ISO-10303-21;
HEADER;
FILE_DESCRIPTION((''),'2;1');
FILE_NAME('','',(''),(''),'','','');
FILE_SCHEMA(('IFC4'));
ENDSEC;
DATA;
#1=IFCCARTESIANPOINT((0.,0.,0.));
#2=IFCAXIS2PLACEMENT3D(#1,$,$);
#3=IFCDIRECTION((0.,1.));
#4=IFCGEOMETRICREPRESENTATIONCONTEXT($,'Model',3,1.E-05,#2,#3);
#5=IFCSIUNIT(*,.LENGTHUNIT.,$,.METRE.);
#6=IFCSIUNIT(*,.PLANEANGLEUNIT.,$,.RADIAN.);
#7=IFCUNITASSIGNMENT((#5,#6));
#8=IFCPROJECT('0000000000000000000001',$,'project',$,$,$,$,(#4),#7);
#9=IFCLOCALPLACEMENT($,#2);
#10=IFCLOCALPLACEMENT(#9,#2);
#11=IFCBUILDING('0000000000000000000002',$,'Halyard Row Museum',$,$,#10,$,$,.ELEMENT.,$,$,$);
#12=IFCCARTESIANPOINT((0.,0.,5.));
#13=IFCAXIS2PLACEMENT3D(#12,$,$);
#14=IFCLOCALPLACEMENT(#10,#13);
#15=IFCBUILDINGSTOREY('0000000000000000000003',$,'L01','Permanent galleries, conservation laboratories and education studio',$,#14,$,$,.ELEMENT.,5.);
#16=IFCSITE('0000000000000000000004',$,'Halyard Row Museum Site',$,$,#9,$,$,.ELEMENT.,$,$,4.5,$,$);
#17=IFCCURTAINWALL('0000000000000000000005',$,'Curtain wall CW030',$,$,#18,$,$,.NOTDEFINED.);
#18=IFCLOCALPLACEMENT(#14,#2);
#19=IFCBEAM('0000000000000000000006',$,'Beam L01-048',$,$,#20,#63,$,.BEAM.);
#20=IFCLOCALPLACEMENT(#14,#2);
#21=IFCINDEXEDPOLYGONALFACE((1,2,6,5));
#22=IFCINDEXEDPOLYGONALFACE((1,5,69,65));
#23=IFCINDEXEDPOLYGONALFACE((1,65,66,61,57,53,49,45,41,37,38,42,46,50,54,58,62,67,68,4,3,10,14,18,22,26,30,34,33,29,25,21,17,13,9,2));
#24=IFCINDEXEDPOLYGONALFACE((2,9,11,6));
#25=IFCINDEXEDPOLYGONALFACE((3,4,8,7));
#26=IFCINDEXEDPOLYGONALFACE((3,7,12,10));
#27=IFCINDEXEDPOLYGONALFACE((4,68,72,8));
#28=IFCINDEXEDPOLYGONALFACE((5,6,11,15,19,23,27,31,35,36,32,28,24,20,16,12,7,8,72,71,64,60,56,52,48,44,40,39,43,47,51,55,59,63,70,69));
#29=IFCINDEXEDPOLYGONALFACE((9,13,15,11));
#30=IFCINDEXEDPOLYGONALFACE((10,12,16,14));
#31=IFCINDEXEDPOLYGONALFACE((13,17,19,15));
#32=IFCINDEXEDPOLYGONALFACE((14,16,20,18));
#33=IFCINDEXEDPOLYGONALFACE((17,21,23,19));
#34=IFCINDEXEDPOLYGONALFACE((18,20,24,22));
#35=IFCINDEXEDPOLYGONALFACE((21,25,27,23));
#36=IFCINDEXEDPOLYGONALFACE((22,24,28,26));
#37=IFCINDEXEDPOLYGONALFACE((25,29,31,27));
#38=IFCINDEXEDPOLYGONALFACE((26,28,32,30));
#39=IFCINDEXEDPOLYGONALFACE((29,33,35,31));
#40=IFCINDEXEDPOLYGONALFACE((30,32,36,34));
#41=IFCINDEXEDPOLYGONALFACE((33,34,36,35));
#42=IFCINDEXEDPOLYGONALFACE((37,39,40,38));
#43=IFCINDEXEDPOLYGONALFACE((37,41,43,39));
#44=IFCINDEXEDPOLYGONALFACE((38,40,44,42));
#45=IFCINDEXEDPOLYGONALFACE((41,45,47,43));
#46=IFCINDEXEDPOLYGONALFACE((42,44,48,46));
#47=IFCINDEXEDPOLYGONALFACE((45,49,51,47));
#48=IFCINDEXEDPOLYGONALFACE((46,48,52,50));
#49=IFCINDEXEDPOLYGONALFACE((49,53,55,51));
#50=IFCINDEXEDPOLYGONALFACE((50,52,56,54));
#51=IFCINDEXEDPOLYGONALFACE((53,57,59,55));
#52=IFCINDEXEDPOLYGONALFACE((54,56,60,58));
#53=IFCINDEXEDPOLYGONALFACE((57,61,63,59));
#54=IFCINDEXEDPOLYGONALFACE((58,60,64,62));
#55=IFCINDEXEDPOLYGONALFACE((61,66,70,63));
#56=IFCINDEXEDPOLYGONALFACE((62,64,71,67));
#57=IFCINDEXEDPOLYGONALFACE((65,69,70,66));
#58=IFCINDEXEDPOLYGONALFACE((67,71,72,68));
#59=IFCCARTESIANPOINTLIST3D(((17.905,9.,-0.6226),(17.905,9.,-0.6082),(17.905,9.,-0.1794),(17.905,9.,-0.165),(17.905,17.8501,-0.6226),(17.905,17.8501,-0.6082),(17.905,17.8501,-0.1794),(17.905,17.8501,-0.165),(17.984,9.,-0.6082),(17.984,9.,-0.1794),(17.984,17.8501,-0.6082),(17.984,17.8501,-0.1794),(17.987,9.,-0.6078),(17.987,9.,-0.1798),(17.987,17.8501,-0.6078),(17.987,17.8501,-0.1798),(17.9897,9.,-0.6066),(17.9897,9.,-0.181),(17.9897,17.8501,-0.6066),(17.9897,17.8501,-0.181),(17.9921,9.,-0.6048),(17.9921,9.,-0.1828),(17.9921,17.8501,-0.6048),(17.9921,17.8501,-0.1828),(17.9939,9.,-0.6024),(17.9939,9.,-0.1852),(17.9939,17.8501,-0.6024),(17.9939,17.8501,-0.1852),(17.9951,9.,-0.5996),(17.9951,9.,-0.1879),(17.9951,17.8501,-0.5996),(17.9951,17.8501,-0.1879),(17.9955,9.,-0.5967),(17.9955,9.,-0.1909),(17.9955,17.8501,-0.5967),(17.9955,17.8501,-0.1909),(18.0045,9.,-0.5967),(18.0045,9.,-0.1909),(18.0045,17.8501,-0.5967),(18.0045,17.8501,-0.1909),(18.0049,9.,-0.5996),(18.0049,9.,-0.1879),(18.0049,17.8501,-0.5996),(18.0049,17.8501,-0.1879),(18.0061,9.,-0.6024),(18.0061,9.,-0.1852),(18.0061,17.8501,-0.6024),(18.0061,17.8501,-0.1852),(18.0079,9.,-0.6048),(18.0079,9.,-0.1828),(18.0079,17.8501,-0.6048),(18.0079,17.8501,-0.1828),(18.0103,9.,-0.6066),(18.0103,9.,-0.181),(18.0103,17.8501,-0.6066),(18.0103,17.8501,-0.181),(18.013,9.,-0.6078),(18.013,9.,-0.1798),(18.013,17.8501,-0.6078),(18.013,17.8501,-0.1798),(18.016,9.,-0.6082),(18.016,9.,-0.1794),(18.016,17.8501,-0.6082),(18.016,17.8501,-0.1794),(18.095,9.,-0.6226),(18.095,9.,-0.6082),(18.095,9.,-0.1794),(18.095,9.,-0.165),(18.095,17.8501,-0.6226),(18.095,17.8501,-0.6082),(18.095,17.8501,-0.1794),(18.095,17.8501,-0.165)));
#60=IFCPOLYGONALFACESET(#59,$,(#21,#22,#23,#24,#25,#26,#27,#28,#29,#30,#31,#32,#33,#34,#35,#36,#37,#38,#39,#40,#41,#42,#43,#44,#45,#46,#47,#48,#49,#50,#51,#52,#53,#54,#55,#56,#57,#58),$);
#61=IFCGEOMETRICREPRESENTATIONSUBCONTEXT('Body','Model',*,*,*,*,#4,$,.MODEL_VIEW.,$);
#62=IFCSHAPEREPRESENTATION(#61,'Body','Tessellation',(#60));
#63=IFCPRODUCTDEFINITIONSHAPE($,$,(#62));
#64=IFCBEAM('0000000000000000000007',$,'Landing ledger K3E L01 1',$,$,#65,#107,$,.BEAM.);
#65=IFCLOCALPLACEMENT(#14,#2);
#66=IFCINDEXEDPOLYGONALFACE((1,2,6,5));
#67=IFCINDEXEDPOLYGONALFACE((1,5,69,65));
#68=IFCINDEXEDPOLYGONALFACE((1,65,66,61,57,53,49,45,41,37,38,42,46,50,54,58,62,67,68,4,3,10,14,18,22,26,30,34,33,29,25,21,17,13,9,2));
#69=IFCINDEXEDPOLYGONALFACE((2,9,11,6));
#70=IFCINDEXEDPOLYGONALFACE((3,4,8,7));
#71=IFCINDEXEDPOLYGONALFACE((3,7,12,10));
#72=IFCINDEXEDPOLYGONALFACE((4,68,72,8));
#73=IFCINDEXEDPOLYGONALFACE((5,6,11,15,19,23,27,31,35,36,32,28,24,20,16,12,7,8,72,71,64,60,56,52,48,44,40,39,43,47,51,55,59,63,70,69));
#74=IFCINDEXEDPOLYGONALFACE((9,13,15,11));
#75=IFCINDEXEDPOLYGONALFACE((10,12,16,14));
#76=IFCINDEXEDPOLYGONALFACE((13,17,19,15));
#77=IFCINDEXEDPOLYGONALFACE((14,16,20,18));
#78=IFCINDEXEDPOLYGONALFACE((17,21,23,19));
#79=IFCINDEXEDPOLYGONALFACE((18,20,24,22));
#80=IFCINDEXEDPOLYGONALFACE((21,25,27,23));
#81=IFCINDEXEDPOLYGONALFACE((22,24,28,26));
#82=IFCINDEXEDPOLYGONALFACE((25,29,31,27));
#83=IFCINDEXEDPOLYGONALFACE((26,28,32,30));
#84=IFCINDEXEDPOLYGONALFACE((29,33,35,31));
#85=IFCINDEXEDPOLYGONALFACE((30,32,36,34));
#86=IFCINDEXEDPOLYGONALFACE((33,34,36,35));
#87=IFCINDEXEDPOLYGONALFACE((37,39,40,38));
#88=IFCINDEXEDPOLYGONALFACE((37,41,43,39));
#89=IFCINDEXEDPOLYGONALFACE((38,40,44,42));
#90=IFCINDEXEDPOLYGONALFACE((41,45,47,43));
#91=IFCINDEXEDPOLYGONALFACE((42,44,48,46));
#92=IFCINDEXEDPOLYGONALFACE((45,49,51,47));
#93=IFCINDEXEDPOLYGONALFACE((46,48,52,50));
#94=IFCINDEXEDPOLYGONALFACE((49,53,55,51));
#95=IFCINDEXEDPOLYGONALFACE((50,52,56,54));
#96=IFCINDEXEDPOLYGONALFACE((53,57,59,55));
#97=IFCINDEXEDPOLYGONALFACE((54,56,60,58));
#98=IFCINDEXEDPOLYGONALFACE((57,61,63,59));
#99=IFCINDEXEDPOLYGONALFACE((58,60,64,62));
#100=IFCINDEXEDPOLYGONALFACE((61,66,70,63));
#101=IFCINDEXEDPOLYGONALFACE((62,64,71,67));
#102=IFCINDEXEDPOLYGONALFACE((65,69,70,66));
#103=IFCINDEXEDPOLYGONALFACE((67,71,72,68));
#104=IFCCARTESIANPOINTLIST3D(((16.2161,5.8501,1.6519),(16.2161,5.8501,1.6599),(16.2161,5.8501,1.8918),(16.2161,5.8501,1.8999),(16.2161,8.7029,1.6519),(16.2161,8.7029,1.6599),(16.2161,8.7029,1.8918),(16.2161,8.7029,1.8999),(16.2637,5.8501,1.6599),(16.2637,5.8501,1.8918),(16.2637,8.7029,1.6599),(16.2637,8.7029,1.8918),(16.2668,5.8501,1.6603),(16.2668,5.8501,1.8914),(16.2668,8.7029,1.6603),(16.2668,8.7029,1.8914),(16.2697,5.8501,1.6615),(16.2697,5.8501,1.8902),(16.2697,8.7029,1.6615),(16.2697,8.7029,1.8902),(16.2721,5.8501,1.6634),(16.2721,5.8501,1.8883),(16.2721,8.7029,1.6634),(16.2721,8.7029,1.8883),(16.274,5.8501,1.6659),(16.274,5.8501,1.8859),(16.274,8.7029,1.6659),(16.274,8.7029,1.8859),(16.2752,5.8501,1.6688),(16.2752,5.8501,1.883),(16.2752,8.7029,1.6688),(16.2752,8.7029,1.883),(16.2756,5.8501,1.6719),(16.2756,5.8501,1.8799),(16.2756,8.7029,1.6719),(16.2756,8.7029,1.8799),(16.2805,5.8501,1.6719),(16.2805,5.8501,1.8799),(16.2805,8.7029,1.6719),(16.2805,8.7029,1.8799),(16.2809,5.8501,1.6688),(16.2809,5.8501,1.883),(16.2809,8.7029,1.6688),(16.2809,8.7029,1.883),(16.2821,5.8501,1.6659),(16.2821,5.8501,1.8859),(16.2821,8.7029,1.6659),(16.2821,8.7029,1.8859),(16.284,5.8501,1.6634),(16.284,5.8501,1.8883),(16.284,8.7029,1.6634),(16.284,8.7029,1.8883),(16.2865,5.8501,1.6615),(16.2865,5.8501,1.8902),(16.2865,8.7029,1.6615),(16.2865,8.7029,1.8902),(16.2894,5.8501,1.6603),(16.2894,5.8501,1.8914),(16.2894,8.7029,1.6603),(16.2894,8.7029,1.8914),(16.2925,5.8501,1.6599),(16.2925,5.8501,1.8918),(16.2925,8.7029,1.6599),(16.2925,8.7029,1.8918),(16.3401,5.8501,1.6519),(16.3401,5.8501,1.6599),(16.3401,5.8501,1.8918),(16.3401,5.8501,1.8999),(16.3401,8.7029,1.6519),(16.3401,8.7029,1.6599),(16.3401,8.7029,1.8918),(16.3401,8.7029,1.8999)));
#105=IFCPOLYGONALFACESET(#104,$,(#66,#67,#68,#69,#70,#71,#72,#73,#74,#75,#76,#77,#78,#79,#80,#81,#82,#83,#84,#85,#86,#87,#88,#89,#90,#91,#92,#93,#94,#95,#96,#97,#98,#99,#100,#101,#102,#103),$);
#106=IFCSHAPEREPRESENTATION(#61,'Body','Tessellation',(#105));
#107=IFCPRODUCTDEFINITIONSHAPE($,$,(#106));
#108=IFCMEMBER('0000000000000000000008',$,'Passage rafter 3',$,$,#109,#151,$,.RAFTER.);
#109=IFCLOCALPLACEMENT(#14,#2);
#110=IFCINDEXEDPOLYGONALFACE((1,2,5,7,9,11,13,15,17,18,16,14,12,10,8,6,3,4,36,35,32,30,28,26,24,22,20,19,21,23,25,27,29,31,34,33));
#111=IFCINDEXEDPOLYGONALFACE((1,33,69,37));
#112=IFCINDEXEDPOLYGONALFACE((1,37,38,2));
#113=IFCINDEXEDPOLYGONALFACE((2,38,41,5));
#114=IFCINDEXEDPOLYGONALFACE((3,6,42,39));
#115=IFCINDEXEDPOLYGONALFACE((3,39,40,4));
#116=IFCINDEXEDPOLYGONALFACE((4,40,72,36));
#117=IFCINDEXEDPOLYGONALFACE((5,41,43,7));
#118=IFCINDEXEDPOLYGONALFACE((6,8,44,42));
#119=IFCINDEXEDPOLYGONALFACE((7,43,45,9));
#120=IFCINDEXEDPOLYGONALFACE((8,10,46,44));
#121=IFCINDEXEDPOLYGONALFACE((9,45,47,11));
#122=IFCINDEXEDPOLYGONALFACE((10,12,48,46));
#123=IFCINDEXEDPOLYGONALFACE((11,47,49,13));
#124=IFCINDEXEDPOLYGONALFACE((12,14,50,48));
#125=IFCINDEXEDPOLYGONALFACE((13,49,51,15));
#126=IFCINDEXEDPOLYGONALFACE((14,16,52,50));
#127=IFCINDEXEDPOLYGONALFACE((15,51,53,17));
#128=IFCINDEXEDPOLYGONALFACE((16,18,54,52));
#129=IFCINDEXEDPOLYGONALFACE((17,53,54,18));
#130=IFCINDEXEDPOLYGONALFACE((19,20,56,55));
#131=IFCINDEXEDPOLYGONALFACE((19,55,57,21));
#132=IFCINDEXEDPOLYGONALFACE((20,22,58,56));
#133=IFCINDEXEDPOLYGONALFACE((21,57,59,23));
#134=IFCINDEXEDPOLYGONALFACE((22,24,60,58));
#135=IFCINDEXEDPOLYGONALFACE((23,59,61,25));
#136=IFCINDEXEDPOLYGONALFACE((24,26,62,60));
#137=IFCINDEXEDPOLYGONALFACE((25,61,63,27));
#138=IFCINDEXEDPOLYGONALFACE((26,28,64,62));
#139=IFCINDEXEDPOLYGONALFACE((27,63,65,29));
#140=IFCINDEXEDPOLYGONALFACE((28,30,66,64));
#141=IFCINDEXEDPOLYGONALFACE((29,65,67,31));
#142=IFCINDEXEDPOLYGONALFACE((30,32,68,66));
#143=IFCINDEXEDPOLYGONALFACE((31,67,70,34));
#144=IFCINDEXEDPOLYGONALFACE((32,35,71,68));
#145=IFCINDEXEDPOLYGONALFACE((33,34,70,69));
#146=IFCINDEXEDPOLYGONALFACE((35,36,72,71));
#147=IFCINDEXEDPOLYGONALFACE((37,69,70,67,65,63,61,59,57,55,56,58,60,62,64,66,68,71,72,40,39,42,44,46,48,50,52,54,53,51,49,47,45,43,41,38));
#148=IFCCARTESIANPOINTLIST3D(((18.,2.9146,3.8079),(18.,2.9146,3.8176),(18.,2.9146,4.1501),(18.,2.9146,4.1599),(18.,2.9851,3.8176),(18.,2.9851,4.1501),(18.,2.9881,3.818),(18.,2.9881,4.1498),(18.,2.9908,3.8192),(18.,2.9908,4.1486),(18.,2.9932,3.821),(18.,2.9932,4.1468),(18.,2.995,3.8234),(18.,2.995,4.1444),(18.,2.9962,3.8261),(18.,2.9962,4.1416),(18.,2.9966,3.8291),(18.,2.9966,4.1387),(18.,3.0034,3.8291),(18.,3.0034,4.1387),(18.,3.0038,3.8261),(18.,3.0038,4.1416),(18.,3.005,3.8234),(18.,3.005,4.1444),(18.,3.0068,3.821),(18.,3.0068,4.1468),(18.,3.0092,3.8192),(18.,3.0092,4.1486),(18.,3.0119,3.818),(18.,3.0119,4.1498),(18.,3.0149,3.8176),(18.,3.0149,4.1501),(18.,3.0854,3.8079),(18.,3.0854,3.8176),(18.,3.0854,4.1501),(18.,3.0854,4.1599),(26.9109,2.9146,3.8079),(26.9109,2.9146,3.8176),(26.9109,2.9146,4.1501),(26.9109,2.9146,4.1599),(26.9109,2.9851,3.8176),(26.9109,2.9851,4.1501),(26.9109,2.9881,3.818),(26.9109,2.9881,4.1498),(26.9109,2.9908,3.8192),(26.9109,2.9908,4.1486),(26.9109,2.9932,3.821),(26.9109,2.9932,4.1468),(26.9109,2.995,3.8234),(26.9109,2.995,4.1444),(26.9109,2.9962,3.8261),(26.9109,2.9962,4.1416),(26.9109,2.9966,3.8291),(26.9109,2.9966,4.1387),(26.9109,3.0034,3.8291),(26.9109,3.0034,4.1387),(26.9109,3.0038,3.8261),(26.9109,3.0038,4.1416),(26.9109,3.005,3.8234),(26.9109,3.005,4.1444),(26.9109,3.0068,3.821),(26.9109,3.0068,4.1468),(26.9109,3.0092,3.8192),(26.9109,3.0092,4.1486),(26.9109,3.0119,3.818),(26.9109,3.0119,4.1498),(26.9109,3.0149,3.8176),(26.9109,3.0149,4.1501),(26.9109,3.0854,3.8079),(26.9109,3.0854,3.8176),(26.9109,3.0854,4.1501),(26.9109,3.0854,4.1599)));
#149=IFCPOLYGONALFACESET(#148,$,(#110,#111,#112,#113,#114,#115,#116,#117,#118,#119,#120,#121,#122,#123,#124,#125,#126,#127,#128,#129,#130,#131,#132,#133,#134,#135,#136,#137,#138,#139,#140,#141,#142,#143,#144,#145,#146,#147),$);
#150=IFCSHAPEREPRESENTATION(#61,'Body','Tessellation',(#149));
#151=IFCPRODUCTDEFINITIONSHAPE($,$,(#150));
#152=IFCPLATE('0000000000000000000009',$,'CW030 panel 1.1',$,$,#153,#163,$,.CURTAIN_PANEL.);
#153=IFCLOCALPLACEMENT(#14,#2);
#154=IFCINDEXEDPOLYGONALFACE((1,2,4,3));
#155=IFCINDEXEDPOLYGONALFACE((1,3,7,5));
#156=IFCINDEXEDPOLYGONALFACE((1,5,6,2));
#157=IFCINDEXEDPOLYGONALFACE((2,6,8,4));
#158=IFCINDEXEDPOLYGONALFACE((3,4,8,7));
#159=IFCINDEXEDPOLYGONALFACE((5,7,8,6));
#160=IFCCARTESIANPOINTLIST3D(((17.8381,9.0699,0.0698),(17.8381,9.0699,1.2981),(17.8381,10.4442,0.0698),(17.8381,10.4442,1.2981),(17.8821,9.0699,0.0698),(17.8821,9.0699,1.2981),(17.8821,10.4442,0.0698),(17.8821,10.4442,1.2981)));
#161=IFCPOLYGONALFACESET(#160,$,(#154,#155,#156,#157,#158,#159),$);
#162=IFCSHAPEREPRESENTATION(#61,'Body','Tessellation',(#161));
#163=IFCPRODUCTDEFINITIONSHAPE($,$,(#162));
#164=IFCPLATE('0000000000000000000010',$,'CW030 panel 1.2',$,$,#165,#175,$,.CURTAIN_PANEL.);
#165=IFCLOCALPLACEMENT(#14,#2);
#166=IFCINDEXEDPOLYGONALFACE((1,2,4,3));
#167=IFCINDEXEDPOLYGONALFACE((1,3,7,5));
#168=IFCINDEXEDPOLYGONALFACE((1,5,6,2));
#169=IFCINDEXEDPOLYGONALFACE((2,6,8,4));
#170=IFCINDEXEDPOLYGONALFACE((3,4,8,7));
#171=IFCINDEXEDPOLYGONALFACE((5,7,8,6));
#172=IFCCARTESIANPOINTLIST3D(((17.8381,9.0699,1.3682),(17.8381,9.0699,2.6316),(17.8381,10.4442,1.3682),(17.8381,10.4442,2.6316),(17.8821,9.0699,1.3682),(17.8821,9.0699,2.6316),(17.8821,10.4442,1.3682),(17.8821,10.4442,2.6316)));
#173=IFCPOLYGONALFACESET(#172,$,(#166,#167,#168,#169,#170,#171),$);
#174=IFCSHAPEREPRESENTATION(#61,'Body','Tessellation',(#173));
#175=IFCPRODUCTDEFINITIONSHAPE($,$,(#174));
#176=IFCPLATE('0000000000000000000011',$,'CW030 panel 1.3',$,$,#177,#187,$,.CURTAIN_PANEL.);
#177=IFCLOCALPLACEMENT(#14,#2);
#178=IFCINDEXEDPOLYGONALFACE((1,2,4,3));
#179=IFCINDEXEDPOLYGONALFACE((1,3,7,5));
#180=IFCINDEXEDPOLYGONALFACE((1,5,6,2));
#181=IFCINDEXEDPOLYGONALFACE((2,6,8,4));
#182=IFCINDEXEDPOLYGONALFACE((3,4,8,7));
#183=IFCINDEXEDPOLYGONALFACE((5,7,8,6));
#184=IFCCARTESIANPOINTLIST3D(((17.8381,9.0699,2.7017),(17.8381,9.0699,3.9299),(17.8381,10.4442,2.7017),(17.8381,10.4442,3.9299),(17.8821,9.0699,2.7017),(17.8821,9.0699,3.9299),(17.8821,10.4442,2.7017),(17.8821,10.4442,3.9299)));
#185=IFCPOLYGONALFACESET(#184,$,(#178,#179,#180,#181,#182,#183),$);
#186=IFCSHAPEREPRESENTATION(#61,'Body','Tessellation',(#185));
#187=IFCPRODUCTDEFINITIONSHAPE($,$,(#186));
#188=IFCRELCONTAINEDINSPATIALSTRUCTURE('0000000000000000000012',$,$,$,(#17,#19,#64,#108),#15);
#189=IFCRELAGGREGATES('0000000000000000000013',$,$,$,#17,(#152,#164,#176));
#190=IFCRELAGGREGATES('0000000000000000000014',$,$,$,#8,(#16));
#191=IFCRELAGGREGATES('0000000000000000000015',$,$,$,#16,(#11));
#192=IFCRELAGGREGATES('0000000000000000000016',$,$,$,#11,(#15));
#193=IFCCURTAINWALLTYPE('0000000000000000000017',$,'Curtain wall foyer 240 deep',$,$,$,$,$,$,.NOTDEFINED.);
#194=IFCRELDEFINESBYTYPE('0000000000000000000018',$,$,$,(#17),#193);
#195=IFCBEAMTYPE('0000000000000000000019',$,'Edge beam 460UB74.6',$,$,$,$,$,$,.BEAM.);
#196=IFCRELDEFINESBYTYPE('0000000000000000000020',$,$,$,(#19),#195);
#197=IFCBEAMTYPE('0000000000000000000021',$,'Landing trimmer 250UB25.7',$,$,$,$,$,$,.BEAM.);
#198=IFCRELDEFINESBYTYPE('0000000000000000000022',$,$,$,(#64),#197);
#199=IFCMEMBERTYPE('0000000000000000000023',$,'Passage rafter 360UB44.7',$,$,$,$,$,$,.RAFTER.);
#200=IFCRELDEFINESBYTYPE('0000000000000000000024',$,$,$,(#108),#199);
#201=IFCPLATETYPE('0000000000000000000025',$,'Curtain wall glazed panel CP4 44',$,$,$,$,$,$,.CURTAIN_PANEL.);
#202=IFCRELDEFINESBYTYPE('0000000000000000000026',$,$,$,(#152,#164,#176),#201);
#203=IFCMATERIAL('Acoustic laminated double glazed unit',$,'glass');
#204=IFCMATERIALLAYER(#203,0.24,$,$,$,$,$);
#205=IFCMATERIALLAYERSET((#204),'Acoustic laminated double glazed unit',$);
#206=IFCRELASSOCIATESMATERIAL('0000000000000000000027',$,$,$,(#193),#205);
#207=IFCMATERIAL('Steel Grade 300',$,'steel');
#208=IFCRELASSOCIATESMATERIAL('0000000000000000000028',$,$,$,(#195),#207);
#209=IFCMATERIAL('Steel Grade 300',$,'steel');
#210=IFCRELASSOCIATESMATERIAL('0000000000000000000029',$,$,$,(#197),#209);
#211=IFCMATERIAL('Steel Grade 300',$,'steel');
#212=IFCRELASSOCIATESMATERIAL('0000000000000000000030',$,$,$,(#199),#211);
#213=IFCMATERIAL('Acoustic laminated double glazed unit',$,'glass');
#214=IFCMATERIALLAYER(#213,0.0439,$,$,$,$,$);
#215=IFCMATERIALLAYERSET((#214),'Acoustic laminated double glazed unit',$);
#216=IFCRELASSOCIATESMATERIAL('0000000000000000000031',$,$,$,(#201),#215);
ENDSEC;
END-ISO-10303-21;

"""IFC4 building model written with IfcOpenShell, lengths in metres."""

from ifc_helpers import new_model, si_unit, direction, frame, origin, origin_2d, place, context, subcontext, project, spatial, rectangle, i_section, extrude, material, layer, layer_set, material_profile, profile_set, type_object, element, aggregate, save


model = new_model("IFC4")

# Units and contexts
model_context = context("Model", 3, precision=1e-05, world=origin(), true_north=direction((0.0, 1.0)))
body_context = subcontext(model_context, "Body", "Model", "MODEL_VIEW")
ifc_project = project(units=[si_unit("LENGTHUNIT", "METRE"), si_unit("PLANEANGLEUNIT", "RADIAN")], contexts=[model_context])

# Site, building, storey
site_placement = place(None, origin())
site = spatial("IfcSite", under=ifc_project, at=site_placement, Name="Halyard Row Museum Site", CompositionType="ELEMENT", RefElevation=4.5)
building_placement = place(site_placement, origin())
building = spatial("IfcBuilding", under=site, at=building_placement, Name="Halyard Row Museum", CompositionType="ELEMENT")
storey_placement = place(building_placement, frame((0.0, 0.0, 5.0)))
storey = spatial("IfcBuildingStorey", under=building, at=storey_placement, Name="L01", Description="Permanent galleries, conservation laboratories and education studio", CompositionType="ELEMENT", Elevation=5.0)

# Curtain wall
ifc_material_1 = material(Name="Acoustic laminated double glazed unit", Category="glass")
ifc_layer_1 = layer(ifc_material_1, 0.24)
ifc_layer_set_1 = layer_set([ifc_layer_1], Name="Acoustic laminated double glazed unit")
curtain_wall_type = type_object("IfcCurtainWallType", Name="Curtain wall foyer 240 deep", PredefinedType="NOTDEFINED", material=ifc_layer_set_1)
curtain_wall_placement = place(storey_placement, origin())
curtain_wall = element("IfcCurtainWall", 1, at=curtain_wall_placement, inside=storey, type_object=curtain_wall_type, Name="Curtain wall CW030", PredefinedType="NOTDEFINED")

# Beams
ifc_material_2 = material(Name="Steel Grade 300", Category="steel")
ifc_material_profile_1 = material_profile(ifc_material_2, i_section(OverallWidth=0.1899, OverallDepth=0.4575, WebThickness=0.009, FlangeThickness=0.0144, FilletRadius=0.0115, at=origin_2d()), Name="460UB74.6")
ifc_profile_set_1 = profile_set([ifc_material_profile_1], Name="Steel Grade 300")
beam_type_1 = type_object("IfcBeamType", Name="Edge beam 460UB74.6", PredefinedType="BEAM", material=ifc_profile_set_1)
beam_1_placement = place(storey_placement, frame((18.0, 9.0, -0.3938), z_axis=(0.0, 1.0, 0.0), x_axis=(-1.0, 0.0, 0.0)))
element("IfcBeam", 2, at=beam_1_placement, inside=storey, type_object=beam_type_1, Name="Beam L01-048", PredefinedType="BEAM", context=body_context, shape_type="SweptSolid", body=[
    extrude(i_section(OverallWidth=0.1899, OverallDepth=0.4575, WebThickness=0.009, FlangeThickness=0.0144, FilletRadius=0.0115, at=origin_2d()), origin(), (0.0, 0.0, 1.0), 8.8501),
])
ifc_material_3 = material(Name="Steel Grade 300", Category="steel")
ifc_material_profile_2 = material_profile(ifc_material_3, i_section(OverallWidth=0.124, OverallDepth=0.248, WebThickness=0.0049, FlangeThickness=0.0081, FilletRadius=0.012, at=origin_2d()), Name="250UB25.7")
ifc_profile_set_2 = profile_set([ifc_material_profile_2], Name="Steel Grade 300")
beam_type_2 = type_object("IfcBeamType", Name="Landing trimmer 250UB25.7", PredefinedType="BEAM", material=ifc_profile_set_2)
beam_2_placement = place(storey_placement, frame((16.2781, 8.7029, 1.7759), z_axis=(0.0, -1.0, 0.0), x_axis=(1.0, 0.0, 0.0)))
element("IfcBeam", 3, at=beam_2_placement, inside=storey, type_object=beam_type_2, Name="Landing ledger K3E L01 1", PredefinedType="BEAM", context=body_context, shape_type="SweptSolid", body=[
    extrude(i_section(OverallWidth=0.124, OverallDepth=0.248, WebThickness=0.0049, FlangeThickness=0.0081, FilletRadius=0.012, at=origin_2d()), origin(), (0.0, 0.0, 1.0), 2.8528),
])

# Member
ifc_material_4 = material(Name="Steel Grade 300", Category="steel")
ifc_material_profile_3 = material_profile(ifc_material_4, i_section(OverallWidth=0.1709, OverallDepth=0.3521, WebThickness=0.0068, FlangeThickness=0.0098, FilletRadius=0.0115, at=origin_2d()), Name="360UB44.7")
ifc_profile_set_3 = profile_set([ifc_material_profile_3], Name="Steel Grade 300")
member_type_1 = type_object("IfcMemberType", Name="Passage rafter 360UB44.7", PredefinedType="RAFTER", material=ifc_profile_set_3)
member_1_placement = place(storey_placement, frame((18.0, 3.0, 3.9839), z_axis=(1.0, 0.0, 0.0), x_axis=(0.0, 1.0, 0.0)))
element("IfcMember", 4, at=member_1_placement, inside=storey, type_object=member_type_1, Name="Passage rafter 3", PredefinedType="RAFTER", context=body_context, shape_type="SweptSolid", body=[
    extrude(i_section(OverallWidth=0.1709, OverallDepth=0.3521, WebThickness=0.0068, FlangeThickness=0.0098, FilletRadius=0.0115, at=origin_2d()), origin(), (0.0, 0.0, 1.0), 8.9109),
])

# Plates
ifc_material_5 = material(Name="Acoustic laminated double glazed unit", Category="glass")
ifc_layer_2 = layer(ifc_material_5, 0.0439)
ifc_layer_set_2 = layer_set([ifc_layer_2], Name="Acoustic laminated double glazed unit")
plate_type = type_object("IfcPlateType", Name="Curtain wall glazed panel CP4 44", PredefinedType="CURTAIN_PANEL", material=ifc_layer_set_2)
plate_1_placement = place(storey_placement, frame((17.8601, 9.7571, 0.0698), z_axis=(0.0, 0.0, 1.0), x_axis=(0.0, 1.0, 0.0)))
plate_1 = element("IfcPlate", 5, at=plate_1_placement, type_object=plate_type, Name="CW030 panel 1.1", PredefinedType="CURTAIN_PANEL", context=body_context, shape_type="SweptSolid", body=[
    extrude(rectangle(XDim=1.3743, YDim=0.0439, at=origin_2d()), origin(), (0.0, 0.0, 1.0), 1.2283),
])
plate_2_placement = place(storey_placement, frame((17.8601, 9.7571, 1.3682), z_axis=(0.0, 0.0, 1.0), x_axis=(0.0, 1.0, 0.0)))
plate_2 = element("IfcPlate", 6, at=plate_2_placement, type_object=plate_type, Name="CW030 panel 1.2", PredefinedType="CURTAIN_PANEL", context=body_context, shape_type="SweptSolid", body=[
    extrude(rectangle(XDim=1.3743, YDim=0.0439, at=origin_2d()), origin(), (0.0, 0.0, 1.0), 1.2634),
])
plate_3_placement = place(storey_placement, frame((17.8601, 9.7571, 2.7017), z_axis=(0.0, 0.0, 1.0), x_axis=(0.0, 1.0, 0.0)))
plate_3 = element("IfcPlate", 7, at=plate_3_placement, type_object=plate_type, Name="CW030 panel 1.3", PredefinedType="CURTAIN_PANEL", context=body_context, shape_type="SweptSolid", body=[
    extrude(rectangle(XDim=1.3743, YDim=0.0439, at=origin_2d()), origin(), (0.0, 0.0, 1.0), 1.2283),
])
aggregate(curtain_wall, [plate_1, plate_2, plate_3])

save(model, "model.ifc")
